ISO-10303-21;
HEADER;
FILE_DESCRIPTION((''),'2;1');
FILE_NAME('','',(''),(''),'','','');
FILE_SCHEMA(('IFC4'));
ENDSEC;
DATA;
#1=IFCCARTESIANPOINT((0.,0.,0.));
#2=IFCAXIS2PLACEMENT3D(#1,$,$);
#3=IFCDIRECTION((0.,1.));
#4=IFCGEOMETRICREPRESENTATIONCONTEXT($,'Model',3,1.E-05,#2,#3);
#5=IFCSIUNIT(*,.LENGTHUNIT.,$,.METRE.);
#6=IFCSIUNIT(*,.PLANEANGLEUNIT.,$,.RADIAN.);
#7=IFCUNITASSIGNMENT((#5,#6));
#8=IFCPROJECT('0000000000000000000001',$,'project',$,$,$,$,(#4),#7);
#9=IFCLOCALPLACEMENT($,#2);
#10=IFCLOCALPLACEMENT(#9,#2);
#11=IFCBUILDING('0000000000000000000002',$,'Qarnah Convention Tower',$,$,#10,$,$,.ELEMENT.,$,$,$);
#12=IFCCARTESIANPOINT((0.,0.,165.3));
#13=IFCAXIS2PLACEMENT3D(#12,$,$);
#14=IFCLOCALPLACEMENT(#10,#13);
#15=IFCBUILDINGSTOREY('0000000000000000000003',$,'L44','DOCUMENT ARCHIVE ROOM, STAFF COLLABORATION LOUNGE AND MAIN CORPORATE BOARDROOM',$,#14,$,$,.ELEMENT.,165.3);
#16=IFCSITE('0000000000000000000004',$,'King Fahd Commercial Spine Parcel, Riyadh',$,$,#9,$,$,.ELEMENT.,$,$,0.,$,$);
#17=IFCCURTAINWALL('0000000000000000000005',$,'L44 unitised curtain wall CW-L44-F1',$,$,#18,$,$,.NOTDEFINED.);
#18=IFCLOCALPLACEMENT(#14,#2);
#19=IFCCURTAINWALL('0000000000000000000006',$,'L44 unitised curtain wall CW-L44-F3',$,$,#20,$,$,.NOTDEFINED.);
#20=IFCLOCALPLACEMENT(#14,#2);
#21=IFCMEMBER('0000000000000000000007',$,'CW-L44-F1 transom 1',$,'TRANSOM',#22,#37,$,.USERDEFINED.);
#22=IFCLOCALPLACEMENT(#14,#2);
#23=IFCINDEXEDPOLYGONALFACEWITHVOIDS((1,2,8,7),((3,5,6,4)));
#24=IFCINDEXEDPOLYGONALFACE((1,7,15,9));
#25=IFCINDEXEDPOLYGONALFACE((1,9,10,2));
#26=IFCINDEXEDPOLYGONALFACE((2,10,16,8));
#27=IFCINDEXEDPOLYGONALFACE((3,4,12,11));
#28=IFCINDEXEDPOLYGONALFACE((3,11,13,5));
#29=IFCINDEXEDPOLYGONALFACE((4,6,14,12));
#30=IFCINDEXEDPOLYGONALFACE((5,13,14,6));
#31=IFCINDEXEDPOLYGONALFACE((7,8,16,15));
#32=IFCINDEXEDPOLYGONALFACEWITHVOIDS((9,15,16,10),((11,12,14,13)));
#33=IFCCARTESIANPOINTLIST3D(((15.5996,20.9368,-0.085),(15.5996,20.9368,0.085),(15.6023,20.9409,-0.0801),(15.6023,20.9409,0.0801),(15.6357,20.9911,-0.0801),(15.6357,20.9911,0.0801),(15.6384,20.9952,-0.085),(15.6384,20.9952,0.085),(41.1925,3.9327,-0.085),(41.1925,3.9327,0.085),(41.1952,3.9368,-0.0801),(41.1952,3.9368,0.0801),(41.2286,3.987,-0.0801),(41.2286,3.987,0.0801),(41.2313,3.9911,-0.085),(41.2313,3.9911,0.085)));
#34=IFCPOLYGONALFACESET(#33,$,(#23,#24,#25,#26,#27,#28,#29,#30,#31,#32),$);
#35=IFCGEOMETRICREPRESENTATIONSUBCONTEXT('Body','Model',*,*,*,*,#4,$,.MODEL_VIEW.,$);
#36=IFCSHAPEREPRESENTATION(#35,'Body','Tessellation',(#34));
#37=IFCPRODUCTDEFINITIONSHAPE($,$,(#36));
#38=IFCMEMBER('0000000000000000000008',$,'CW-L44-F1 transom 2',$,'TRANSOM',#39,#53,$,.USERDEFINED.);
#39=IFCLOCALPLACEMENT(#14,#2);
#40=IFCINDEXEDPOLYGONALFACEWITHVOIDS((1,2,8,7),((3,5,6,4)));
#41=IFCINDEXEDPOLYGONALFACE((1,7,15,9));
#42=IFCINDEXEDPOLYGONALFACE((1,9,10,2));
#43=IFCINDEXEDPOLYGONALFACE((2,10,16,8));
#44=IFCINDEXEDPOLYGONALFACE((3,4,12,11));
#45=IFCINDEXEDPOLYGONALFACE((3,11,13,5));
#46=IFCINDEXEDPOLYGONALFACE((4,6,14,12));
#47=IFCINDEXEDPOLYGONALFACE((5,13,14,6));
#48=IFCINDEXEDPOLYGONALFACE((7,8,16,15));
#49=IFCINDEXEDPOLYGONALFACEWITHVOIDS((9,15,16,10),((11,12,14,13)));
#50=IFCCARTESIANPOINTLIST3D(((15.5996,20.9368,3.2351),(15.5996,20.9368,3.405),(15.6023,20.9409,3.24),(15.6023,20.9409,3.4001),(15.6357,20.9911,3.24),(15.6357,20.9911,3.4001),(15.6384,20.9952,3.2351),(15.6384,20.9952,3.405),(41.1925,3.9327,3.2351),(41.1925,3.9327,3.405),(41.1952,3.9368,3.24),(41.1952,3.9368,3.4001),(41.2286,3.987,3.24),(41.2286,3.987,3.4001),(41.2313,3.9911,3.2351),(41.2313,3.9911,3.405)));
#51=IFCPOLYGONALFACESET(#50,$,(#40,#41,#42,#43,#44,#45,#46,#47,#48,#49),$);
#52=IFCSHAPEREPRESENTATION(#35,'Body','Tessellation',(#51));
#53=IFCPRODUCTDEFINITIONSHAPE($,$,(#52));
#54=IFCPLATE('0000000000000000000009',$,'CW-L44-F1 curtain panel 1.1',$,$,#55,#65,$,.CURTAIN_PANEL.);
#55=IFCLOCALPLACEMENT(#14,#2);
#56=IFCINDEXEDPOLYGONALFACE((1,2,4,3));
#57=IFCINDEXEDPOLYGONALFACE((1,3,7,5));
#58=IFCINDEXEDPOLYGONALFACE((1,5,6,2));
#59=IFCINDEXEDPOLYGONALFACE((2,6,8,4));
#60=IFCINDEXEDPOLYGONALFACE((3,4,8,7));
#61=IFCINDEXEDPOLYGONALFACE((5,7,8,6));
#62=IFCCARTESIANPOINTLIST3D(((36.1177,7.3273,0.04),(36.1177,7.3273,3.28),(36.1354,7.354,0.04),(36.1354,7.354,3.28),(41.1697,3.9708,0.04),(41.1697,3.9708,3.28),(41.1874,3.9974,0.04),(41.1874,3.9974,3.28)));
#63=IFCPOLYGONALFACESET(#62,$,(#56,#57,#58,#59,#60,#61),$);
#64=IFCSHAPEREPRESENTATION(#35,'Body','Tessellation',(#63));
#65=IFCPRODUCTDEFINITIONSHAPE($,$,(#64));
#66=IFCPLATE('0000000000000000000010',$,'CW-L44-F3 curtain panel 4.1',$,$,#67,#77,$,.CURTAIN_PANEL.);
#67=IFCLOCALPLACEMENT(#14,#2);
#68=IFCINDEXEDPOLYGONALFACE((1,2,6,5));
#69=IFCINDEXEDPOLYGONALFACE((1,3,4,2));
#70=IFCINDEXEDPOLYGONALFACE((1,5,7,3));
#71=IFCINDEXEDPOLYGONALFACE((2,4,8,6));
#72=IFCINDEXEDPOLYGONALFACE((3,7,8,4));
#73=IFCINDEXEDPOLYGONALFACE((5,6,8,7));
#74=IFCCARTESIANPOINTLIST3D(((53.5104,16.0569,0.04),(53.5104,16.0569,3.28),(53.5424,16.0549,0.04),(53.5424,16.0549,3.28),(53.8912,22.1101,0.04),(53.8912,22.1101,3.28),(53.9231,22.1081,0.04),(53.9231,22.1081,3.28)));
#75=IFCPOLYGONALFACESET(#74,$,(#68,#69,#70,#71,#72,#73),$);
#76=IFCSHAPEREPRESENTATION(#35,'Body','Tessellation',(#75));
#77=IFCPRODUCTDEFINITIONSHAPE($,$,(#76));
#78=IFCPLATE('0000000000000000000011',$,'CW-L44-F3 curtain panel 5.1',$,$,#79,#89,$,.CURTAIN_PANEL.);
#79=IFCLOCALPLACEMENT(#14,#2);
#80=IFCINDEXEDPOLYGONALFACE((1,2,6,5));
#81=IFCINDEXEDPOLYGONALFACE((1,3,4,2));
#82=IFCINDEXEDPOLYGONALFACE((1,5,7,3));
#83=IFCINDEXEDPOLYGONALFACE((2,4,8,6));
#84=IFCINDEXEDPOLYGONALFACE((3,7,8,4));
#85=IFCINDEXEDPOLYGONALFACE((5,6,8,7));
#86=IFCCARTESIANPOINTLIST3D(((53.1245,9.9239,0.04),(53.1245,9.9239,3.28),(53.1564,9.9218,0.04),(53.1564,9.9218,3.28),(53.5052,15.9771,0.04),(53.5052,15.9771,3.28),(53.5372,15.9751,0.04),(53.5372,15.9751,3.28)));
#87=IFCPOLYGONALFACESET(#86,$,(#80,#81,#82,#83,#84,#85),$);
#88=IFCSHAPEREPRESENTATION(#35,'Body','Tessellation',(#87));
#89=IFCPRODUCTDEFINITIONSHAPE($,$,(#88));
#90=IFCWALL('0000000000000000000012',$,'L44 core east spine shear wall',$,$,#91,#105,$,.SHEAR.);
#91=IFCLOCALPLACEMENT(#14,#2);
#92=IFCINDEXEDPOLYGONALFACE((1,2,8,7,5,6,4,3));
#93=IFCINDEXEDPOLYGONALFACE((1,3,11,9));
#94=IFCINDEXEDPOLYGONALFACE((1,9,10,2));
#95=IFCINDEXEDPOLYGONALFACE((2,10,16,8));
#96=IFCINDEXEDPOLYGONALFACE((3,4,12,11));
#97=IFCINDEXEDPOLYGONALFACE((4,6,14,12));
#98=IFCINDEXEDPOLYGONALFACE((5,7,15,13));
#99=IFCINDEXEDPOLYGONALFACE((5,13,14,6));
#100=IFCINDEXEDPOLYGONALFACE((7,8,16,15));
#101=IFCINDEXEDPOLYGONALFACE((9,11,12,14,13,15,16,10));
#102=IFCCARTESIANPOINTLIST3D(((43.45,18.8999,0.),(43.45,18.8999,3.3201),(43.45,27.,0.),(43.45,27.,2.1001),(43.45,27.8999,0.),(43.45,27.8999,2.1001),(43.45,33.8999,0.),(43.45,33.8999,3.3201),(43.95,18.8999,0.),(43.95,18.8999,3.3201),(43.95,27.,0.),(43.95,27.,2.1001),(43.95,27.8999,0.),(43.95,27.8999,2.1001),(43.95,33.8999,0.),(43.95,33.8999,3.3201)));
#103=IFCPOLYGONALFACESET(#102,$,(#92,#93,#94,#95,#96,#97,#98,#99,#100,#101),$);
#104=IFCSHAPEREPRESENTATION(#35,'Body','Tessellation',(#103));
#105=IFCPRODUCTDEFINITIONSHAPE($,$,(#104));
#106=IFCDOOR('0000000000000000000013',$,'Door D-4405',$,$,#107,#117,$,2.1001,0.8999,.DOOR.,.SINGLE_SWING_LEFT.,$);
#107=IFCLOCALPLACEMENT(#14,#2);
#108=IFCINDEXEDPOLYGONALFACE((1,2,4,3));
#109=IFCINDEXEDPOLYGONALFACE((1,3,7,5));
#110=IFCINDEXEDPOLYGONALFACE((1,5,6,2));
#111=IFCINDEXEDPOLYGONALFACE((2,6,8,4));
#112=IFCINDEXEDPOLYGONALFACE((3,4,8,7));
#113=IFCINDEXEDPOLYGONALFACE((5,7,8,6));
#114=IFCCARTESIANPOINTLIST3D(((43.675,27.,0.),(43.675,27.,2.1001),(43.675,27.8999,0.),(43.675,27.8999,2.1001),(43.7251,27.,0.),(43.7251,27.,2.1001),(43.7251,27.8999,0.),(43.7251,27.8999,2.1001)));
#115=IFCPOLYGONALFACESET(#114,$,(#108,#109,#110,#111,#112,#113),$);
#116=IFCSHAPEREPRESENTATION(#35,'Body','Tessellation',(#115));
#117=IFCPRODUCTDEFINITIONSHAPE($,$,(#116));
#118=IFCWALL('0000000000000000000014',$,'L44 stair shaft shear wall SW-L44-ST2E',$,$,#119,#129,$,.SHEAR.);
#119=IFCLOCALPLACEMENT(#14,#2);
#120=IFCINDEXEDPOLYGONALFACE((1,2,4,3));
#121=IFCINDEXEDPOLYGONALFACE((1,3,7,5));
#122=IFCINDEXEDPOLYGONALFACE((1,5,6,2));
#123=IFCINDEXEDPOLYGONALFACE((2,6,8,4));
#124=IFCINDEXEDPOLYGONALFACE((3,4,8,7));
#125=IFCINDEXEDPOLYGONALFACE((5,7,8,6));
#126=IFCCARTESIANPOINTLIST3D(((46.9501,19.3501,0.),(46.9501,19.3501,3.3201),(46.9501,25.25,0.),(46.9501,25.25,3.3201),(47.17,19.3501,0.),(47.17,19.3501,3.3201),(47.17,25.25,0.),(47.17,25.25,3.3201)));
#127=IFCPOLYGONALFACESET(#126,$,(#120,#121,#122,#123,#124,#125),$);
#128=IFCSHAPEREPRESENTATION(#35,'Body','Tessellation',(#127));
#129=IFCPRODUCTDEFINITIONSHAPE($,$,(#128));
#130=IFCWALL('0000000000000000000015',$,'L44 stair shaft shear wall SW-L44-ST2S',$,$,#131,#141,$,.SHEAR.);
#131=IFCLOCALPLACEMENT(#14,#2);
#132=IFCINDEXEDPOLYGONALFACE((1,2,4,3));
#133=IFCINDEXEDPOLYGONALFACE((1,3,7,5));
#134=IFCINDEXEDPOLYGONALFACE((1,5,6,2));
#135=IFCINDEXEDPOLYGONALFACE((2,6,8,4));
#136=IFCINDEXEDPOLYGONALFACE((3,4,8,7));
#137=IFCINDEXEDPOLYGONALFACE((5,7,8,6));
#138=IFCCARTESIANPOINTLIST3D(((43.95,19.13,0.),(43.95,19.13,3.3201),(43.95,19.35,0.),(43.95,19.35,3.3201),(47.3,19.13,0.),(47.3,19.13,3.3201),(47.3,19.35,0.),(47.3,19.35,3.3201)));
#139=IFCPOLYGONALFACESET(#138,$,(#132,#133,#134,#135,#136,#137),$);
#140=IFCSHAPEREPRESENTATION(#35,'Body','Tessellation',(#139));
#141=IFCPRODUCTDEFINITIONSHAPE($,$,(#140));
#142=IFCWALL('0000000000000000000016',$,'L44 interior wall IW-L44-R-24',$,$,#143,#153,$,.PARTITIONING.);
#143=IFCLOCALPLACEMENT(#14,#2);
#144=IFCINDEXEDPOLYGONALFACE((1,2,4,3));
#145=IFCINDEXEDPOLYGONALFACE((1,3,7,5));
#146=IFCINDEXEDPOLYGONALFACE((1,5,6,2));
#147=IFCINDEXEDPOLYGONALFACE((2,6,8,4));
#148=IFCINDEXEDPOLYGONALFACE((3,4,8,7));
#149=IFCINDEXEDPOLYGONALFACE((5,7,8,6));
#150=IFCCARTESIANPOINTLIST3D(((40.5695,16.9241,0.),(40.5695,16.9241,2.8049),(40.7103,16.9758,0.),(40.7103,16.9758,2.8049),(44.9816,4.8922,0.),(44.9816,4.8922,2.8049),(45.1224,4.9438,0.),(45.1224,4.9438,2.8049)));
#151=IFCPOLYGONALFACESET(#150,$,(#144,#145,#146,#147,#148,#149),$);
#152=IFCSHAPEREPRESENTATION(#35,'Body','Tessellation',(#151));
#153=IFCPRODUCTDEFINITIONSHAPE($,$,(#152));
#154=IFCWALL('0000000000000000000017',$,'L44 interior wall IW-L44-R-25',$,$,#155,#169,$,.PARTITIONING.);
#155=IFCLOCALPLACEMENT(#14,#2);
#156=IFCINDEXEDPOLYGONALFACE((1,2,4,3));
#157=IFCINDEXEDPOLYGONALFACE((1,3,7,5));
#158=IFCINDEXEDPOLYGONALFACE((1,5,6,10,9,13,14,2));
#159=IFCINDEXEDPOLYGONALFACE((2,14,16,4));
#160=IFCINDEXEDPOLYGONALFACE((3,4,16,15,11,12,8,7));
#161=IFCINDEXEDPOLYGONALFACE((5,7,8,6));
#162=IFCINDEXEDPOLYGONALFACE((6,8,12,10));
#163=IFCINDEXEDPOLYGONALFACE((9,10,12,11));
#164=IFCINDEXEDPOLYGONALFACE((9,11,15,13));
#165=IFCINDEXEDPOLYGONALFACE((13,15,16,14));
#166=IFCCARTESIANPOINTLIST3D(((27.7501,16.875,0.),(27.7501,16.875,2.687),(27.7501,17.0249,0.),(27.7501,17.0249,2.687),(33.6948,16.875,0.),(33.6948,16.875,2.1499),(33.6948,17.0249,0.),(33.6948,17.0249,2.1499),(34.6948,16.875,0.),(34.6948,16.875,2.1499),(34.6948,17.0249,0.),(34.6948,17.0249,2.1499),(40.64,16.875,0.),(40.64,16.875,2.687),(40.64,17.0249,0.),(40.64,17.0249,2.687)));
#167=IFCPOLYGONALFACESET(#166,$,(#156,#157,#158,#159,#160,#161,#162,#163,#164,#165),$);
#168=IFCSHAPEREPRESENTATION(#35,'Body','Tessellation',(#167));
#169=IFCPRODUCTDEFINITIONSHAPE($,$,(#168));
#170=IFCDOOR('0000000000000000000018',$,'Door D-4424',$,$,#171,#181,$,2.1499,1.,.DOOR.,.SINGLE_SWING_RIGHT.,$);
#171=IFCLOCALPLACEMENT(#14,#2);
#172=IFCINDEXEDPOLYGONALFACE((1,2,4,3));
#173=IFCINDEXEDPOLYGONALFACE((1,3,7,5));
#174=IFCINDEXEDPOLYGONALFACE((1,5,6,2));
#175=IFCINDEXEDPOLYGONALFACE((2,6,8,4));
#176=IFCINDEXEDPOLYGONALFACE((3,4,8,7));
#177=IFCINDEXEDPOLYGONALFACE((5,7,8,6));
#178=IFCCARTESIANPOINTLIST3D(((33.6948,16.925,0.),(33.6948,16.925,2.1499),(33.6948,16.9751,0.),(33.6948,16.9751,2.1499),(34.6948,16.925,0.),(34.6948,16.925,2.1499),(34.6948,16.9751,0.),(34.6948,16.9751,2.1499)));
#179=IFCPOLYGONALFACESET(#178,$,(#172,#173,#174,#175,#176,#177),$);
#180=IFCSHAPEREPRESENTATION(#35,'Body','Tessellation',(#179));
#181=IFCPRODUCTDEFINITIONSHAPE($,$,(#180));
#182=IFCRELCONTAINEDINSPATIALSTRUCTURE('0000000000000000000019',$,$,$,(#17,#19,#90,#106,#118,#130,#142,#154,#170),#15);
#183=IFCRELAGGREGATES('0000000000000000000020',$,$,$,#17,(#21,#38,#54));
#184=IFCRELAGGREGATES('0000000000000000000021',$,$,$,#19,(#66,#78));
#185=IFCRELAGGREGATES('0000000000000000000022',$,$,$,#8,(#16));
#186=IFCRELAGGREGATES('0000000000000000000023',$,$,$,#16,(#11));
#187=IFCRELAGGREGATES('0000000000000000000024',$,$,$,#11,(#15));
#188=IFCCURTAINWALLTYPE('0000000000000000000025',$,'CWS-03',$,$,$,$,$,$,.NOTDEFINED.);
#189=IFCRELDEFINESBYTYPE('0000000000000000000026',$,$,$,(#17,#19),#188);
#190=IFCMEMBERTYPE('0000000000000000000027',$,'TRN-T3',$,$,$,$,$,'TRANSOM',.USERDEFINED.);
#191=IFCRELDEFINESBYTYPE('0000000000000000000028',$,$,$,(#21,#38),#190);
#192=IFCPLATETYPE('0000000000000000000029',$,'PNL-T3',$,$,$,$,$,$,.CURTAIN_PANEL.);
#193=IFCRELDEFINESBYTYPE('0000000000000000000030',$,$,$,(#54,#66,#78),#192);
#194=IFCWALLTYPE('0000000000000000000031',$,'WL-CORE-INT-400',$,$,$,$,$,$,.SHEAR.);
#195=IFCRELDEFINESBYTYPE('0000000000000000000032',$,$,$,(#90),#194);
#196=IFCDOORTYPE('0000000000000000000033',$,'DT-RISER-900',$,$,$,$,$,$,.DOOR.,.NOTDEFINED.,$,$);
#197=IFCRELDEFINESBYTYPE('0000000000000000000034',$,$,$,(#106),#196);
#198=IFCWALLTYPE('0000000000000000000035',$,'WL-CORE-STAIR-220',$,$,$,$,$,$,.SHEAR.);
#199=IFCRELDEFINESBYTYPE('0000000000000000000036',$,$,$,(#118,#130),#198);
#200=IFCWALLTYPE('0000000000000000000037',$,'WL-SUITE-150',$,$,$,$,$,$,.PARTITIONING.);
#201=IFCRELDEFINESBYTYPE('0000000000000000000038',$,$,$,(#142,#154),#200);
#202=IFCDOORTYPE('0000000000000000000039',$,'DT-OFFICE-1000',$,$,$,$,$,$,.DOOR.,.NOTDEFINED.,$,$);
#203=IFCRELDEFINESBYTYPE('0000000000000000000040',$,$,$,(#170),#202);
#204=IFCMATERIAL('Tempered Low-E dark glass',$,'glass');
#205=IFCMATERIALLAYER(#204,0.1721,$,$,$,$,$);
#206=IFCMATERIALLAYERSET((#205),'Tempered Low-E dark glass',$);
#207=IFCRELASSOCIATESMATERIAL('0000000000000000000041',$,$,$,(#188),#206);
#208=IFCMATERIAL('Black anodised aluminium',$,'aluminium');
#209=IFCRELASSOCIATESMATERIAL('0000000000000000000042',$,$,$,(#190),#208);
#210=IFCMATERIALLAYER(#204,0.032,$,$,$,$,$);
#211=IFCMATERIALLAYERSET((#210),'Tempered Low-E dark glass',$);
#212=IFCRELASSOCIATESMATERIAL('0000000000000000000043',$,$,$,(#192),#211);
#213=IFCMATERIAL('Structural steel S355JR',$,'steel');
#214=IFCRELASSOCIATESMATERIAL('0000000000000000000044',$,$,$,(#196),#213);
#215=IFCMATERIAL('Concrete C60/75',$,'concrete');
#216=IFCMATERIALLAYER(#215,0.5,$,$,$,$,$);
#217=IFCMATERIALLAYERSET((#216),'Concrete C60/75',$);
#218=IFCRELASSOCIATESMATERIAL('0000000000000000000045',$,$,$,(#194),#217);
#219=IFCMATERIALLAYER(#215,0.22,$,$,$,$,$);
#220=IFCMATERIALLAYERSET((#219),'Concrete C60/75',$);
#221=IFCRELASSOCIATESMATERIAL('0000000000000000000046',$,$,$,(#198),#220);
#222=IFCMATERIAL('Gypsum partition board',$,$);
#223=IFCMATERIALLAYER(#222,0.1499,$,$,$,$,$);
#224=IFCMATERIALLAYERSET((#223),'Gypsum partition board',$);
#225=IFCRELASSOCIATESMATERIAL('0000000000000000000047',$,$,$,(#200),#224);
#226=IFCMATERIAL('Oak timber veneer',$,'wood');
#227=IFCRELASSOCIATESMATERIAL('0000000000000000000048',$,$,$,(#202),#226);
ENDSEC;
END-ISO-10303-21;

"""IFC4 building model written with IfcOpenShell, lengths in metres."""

from ifc_helpers import new_model, si_unit, direction, frame, frame_2d, origin, origin_2d, place, context, subcontext, project, spatial, rectangle, hollow_rectangle, extrude, material, layer, layer_set, material_profile, profile_set, type_object, element, fill, aggregate, save


model = new_model("IFC4")

# Units and contexts
model_context = context("Model", 3, precision=1e-05, world=origin(), true_north=direction((0.0, 1.0)))
body_context = subcontext(model_context, "Body", "Model", "MODEL_VIEW")
ifc_project = project(units=[si_unit("LENGTHUNIT", "METRE"), si_unit("PLANEANGLEUNIT", "RADIAN")], contexts=[model_context])

# Site, building, storey
site_placement = place(None, origin())
site = spatial("IfcSite", under=ifc_project, at=site_placement, Name="King Fahd Commercial Spine Parcel, Riyadh", CompositionType="ELEMENT", RefElevation=0.0)
building_placement = place(site_placement, origin())
building = spatial("IfcBuilding", under=site, at=building_placement, Name="Qarnah Convention Tower", CompositionType="ELEMENT")
storey_placement = place(building_placement, frame((0.0, 0.0, 165.3)))
storey = spatial("IfcBuildingStorey", under=building, at=storey_placement, Name="L44", Description="DOCUMENT ARCHIVE ROOM, STAFF COLLABORATION LOUNGE AND MAIN CORPORATE BOARDROOM", CompositionType="ELEMENT", Elevation=165.3)

# Shared definitions
ifc_material_1 = material(Name="Concrete C60/75", Category="concrete")

# Shared definitions
ifc_material_2 = material(Name="Structural steel S355JR", Category="steel")

# Curtain wall
ifc_material_3 = material(Name="Tempered Low-E dark glass", Category="glass")
ifc_layer_1 = layer(ifc_material_3, 0.1721)
ifc_layer_set_1 = layer_set([ifc_layer_1], Name="Tempered Low-E dark glass")
curtain_wall_type = type_object("IfcCurtainWallType", Name="CWS-03", PredefinedType="NOTDEFINED", material=ifc_layer_set_1)
curtain_wall_1_placement = place(storey_placement, origin())
curtain_wall_1 = element("IfcCurtainWall", 1, at=curtain_wall_1_placement, inside=storey, type_object=curtain_wall_type, Name="L44 unitised curtain wall CW-L44-F1", PredefinedType="NOTDEFINED")
ifc_material_4 = material(Name="Black anodised aluminium", Category="aluminium")

# Curtain wall
curtain_wall_2_placement = place(storey_placement, origin())
curtain_wall_2 = element("IfcCurtainWall", 2, at=curtain_wall_2_placement, inside=storey, type_object=curtain_wall_type, Name="L44 unitised curtain wall CW-L44-F3", PredefinedType="NOTDEFINED")

# Members
ifc_material_profile_1 = material_profile(ifc_material_4, hollow_rectangle(XDim=0.0701, YDim=0.1699, WallThickness=0.0049, at=origin_2d()), Name="TRN-70X170")
ifc_profile_set_1 = profile_set([ifc_material_profile_1], Name="Black anodised aluminium")
member_type_1 = type_object("IfcMemberType", Name="TRN-T3", ElementType="TRANSOM", PredefinedType="USERDEFINED", material=ifc_profile_set_1)
member_1_placement = place(storey_placement, frame((41.2119, 3.9619, 0.0), z_axis=(-0.832918, 0.553396, 0.0), x_axis=(-0.553396, -0.832918, 0.0)))
member_1 = element("IfcMember", 3, at=member_1_placement, type_object=member_type_1, Name="CW-L44-F1 transom 1", ObjectType="TRANSOM", PredefinedType="USERDEFINED", context=body_context, shape_type="SweptSolid", body=[
    extrude(hollow_rectangle(XDim=0.0701, YDim=0.1699, WallThickness=0.0049, at=origin_2d()), origin(), (0.0, 0.0, 1.0), 30.7268),
])
member_2_placement = place(storey_placement, frame((41.2119, 3.9619, 3.3201), z_axis=(-0.832918, 0.553396, 0.0), x_axis=(-0.553396, -0.832918, 0.0)))
member_2 = element("IfcMember", 4, at=member_2_placement, type_object=member_type_1, Name="CW-L44-F1 transom 2", ObjectType="TRANSOM", PredefinedType="USERDEFINED", context=body_context, shape_type="SweptSolid", body=[
    extrude(hollow_rectangle(XDim=0.0701, YDim=0.1699, WallThickness=0.0049, at=origin_2d()), origin(), (0.0, 0.0, 1.0), 30.7268),
])

# Plates
ifc_layer_2 = layer(ifc_material_3, 0.032)
ifc_layer_set_2 = layer_set([ifc_layer_2], Name="Tempered Low-E dark glass")
plate_type = type_object("IfcPlateType", Name="PNL-T3", PredefinedType="CURTAIN_PANEL", material=ifc_layer_set_2)
plate_1_placement = place(storey_placement, frame((38.6526, 5.6624, 0.04), z_axis=(0.0, 0.0, 1.0), x_axis=(-0.83292, 0.553393, 0.0)))
plate_1 = element("IfcPlate", 5, at=plate_1_placement, type_object=plate_type, Name="CW-L44-F1 curtain panel 1.1", PredefinedType="CURTAIN_PANEL", context=body_context, shape_type="SweptSolid", body=[
    extrude(rectangle(XDim=6.0654, YDim=0.032, at=origin_2d()), origin(), (0.0, 0.0, 1.0), 3.24),
])
aggregate(curtain_wall_1, [member_1, member_2, plate_1])
plate_2_placement = place(storey_placement, frame((53.7168, 19.0825, 0.04), z_axis=(0.0, 0.0, 1.0), x_axis=(-0.062781, -0.998027, 0.0)))
plate_2 = element("IfcPlate", 6, at=plate_2_placement, type_object=plate_type, Name="CW-L44-F3 curtain panel 4.1", PredefinedType="CURTAIN_PANEL", context=body_context, shape_type="SweptSolid", body=[
    extrude(rectangle(XDim=6.0652, YDim=0.032, at=origin_2d()), origin(), (0.0, 0.0, 1.0), 3.24),
])
plate_3_placement = place(storey_placement, frame((53.3308, 12.9495, 0.04), z_axis=(0.0, 0.0, 1.0), x_axis=(-0.062781, -0.998027, 0.0)))
plate_3 = element("IfcPlate", 7, at=plate_3_placement, type_object=plate_type, Name="CW-L44-F3 curtain panel 5.1", PredefinedType="CURTAIN_PANEL", context=body_context, shape_type="SweptSolid", body=[
    extrude(rectangle(XDim=6.0652, YDim=0.032, at=origin_2d()), origin(), (0.0, 0.0, 1.0), 3.24),
])
aggregate(curtain_wall_2, [plate_2, plate_3])

# Shared definitions
door_type_1 = type_object("IfcDoorType", Name="DT-RISER-900", OperationType="NOTDEFINED", PredefinedType="DOOR", material=ifc_material_2)

# Wall, opening, door
ifc_layer_3 = layer(ifc_material_1, 0.5)
ifc_layer_set_3 = layer_set([ifc_layer_3], Name="Concrete C60/75")
wall_type_1 = type_object("IfcWallType", Name="WL-CORE-INT-400", PredefinedType="SHEAR", material=ifc_layer_set_3)
wall_1_placement = place(storey_placement, frame((43.7, 18.8999, 0.0), z_axis=(0.0, 0.0, 1.0), x_axis=(0.0, 1.0, 0.0)))
wall_1 = element("IfcWall", 8, at=wall_1_placement, inside=storey, type_object=wall_type_1, Name="L44 core east spine shear wall", PredefinedType="SHEAR", context=body_context, shape_type="SweptSolid", body=[
    extrude(rectangle(XDim=15.0, YDim=0.5, at=frame_2d((7.5, 0.0))), origin(), (0.0, 0.0, 1.0), 3.3201),
])
opening_1_placement = place(wall_1_placement, frame((8.1001, 0.0, 0.0)))
opening_1 = element("IfcOpeningElement", 9, at=opening_1_placement, cuts=wall_1, PredefinedType="OPENING", context=body_context, shape_type="SweptSolid", body=[
    extrude(rectangle(XDim=0.8999, YDim=2.1001, at=frame_2d((0.45, 1.05))), frame((0.0, 0.26, 0.0), z_axis=(0.0, -1.0, 0.0), x_axis=(1.0, 0.0, 0.0)), (0.0, 0.0, 1.0), 0.52),
])
door_1_placement = place(opening_1_placement, origin())
door_1 = element("IfcDoor", 10, at=door_1_placement, inside=storey, type_object=door_type_1, Name="Door D-4405", OperationType="SINGLE_SWING_LEFT", OverallHeight=2.1001, OverallWidth=0.8999, PredefinedType="DOOR", context=body_context, shape_type="SweptSolid", body=[
    extrude(rectangle(XDim=0.8999, YDim=2.1001, at=frame_2d((0.45, 1.05))), frame((0.0, 0.0249, 0.0), z_axis=(0.0, -1.0, 0.0), x_axis=(1.0, 0.0, 0.0)), (0.0, 0.0, 1.0), 0.05),
])
fill(opening_1, door_1)

# Walls
ifc_layer_4 = layer(ifc_material_1, 0.22)
ifc_layer_set_4 = layer_set([ifc_layer_4], Name="Concrete C60/75")
wall_type_2 = type_object("IfcWallType", Name="WL-CORE-STAIR-220", PredefinedType="SHEAR", material=ifc_layer_set_4)
wall_2_placement = place(storey_placement, frame((47.0601, 19.3501, 0.0), z_axis=(0.0, 0.0, 1.0), x_axis=(0.0, 1.0, 0.0)))
element("IfcWall", 11, at=wall_2_placement, inside=storey, type_object=wall_type_2, Name="L44 stair shaft shear wall SW-L44-ST2E", PredefinedType="SHEAR", context=body_context, shape_type="SweptSolid", body=[
    extrude(rectangle(XDim=5.8999, YDim=0.22, at=frame_2d((2.95, 0.0))), origin(), (0.0, 0.0, 1.0), 3.3201),
])
wall_3_placement = place(storey_placement, frame((43.95, 19.24, 0.0), z_axis=(0.0, 0.0, 1.0), x_axis=(1.0, 0.0, 0.0)))
element("IfcWall", 12, at=wall_3_placement, inside=storey, type_object=wall_type_2, Name="L44 stair shaft shear wall SW-L44-ST2S", PredefinedType="SHEAR", context=body_context, shape_type="SweptSolid", body=[
    extrude(rectangle(XDim=3.3501, YDim=0.22, at=frame_2d((1.675, 0.0))), origin(), (0.0, 0.0, 1.0), 3.3201),
])

# Wall
ifc_material_5 = material(Name="Gypsum partition board")
ifc_layer_5 = layer(ifc_material_5, 0.1499)
ifc_layer_set_5 = layer_set([ifc_layer_5], Name="Gypsum partition board")
wall_type_3 = type_object("IfcWallType", Name="WL-SUITE-150", PredefinedType="PARTITIONING", material=ifc_layer_set_5)
wall_4_placement = place(storey_placement, frame((45.052, 4.918, 0.0), z_axis=(0.0, 0.0, 1.0), x_axis=(-0.344281, 0.938867, 0.0)))
element("IfcWall", 13, at=wall_4_placement, inside=storey, type_object=wall_type_3, Name="L44 interior wall IW-L44-R-24", PredefinedType="PARTITIONING", context=body_context, shape_type="SweptSolid", body=[
    extrude(rectangle(XDim=12.8154, YDim=0.1499, at=frame_2d((6.4077, 0.0))), origin(), (0.0, 0.0, 1.0), 2.8049),
])

# Wall, opening, door
wall_5_placement = place(storey_placement, frame((40.6399, 16.95, 0.0), z_axis=(0.0, 0.0, 1.0), x_axis=(-1.0, 0.0, 0.0)))
wall_5 = element("IfcWall", 14, at=wall_5_placement, inside=storey, type_object=wall_type_3, Name="L44 interior wall IW-L44-R-25", PredefinedType="PARTITIONING", context=body_context, shape_type="SweptSolid", body=[
    extrude(rectangle(XDim=12.8899, YDim=0.1499, at=frame_2d((6.4448, 0.0))), origin(), (0.0, 0.0, 1.0), 2.687),
])
opening_2_placement = place(wall_5_placement, frame((5.9451, 0.0, 0.0)))
opening_2 = element("IfcOpeningElement", 15, at=opening_2_placement, cuts=wall_5, PredefinedType="OPENING", context=body_context, shape_type="SweptSolid", body=[
    extrude(rectangle(XDim=1.0, YDim=2.1499, at=frame_2d((0.5, 1.075))), frame((0.0, 0.085, 0.0), z_axis=(0.0, -1.0, 0.0), x_axis=(1.0, 0.0, 0.0)), (0.0, 0.0, 1.0), 0.1699),
])
ifc_material_6 = material(Name="Oak timber veneer", Category="wood")
door_type_2 = type_object("IfcDoorType", Name="DT-OFFICE-1000", OperationType="NOTDEFINED", PredefinedType="DOOR", material=ifc_material_6)
door_2_placement = place(opening_2_placement, origin())
door_2 = element("IfcDoor", 16, at=door_2_placement, inside=storey, type_object=door_type_2, Name="Door D-4424", OperationType="SINGLE_SWING_RIGHT", OverallHeight=2.1499, OverallWidth=1.0, PredefinedType="DOOR", context=body_context, shape_type="SweptSolid", body=[
    extrude(rectangle(XDim=1.0, YDim=2.1499, at=frame_2d((0.5, 1.075))), frame((0.0, 0.0249, 0.0), z_axis=(0.0, -1.0, 0.0), x_axis=(1.0, 0.0, 0.0)), (0.0, 0.0, 1.0), 0.05),
])
fill(opening_2, door_2)

save(model, "model.ifc")
